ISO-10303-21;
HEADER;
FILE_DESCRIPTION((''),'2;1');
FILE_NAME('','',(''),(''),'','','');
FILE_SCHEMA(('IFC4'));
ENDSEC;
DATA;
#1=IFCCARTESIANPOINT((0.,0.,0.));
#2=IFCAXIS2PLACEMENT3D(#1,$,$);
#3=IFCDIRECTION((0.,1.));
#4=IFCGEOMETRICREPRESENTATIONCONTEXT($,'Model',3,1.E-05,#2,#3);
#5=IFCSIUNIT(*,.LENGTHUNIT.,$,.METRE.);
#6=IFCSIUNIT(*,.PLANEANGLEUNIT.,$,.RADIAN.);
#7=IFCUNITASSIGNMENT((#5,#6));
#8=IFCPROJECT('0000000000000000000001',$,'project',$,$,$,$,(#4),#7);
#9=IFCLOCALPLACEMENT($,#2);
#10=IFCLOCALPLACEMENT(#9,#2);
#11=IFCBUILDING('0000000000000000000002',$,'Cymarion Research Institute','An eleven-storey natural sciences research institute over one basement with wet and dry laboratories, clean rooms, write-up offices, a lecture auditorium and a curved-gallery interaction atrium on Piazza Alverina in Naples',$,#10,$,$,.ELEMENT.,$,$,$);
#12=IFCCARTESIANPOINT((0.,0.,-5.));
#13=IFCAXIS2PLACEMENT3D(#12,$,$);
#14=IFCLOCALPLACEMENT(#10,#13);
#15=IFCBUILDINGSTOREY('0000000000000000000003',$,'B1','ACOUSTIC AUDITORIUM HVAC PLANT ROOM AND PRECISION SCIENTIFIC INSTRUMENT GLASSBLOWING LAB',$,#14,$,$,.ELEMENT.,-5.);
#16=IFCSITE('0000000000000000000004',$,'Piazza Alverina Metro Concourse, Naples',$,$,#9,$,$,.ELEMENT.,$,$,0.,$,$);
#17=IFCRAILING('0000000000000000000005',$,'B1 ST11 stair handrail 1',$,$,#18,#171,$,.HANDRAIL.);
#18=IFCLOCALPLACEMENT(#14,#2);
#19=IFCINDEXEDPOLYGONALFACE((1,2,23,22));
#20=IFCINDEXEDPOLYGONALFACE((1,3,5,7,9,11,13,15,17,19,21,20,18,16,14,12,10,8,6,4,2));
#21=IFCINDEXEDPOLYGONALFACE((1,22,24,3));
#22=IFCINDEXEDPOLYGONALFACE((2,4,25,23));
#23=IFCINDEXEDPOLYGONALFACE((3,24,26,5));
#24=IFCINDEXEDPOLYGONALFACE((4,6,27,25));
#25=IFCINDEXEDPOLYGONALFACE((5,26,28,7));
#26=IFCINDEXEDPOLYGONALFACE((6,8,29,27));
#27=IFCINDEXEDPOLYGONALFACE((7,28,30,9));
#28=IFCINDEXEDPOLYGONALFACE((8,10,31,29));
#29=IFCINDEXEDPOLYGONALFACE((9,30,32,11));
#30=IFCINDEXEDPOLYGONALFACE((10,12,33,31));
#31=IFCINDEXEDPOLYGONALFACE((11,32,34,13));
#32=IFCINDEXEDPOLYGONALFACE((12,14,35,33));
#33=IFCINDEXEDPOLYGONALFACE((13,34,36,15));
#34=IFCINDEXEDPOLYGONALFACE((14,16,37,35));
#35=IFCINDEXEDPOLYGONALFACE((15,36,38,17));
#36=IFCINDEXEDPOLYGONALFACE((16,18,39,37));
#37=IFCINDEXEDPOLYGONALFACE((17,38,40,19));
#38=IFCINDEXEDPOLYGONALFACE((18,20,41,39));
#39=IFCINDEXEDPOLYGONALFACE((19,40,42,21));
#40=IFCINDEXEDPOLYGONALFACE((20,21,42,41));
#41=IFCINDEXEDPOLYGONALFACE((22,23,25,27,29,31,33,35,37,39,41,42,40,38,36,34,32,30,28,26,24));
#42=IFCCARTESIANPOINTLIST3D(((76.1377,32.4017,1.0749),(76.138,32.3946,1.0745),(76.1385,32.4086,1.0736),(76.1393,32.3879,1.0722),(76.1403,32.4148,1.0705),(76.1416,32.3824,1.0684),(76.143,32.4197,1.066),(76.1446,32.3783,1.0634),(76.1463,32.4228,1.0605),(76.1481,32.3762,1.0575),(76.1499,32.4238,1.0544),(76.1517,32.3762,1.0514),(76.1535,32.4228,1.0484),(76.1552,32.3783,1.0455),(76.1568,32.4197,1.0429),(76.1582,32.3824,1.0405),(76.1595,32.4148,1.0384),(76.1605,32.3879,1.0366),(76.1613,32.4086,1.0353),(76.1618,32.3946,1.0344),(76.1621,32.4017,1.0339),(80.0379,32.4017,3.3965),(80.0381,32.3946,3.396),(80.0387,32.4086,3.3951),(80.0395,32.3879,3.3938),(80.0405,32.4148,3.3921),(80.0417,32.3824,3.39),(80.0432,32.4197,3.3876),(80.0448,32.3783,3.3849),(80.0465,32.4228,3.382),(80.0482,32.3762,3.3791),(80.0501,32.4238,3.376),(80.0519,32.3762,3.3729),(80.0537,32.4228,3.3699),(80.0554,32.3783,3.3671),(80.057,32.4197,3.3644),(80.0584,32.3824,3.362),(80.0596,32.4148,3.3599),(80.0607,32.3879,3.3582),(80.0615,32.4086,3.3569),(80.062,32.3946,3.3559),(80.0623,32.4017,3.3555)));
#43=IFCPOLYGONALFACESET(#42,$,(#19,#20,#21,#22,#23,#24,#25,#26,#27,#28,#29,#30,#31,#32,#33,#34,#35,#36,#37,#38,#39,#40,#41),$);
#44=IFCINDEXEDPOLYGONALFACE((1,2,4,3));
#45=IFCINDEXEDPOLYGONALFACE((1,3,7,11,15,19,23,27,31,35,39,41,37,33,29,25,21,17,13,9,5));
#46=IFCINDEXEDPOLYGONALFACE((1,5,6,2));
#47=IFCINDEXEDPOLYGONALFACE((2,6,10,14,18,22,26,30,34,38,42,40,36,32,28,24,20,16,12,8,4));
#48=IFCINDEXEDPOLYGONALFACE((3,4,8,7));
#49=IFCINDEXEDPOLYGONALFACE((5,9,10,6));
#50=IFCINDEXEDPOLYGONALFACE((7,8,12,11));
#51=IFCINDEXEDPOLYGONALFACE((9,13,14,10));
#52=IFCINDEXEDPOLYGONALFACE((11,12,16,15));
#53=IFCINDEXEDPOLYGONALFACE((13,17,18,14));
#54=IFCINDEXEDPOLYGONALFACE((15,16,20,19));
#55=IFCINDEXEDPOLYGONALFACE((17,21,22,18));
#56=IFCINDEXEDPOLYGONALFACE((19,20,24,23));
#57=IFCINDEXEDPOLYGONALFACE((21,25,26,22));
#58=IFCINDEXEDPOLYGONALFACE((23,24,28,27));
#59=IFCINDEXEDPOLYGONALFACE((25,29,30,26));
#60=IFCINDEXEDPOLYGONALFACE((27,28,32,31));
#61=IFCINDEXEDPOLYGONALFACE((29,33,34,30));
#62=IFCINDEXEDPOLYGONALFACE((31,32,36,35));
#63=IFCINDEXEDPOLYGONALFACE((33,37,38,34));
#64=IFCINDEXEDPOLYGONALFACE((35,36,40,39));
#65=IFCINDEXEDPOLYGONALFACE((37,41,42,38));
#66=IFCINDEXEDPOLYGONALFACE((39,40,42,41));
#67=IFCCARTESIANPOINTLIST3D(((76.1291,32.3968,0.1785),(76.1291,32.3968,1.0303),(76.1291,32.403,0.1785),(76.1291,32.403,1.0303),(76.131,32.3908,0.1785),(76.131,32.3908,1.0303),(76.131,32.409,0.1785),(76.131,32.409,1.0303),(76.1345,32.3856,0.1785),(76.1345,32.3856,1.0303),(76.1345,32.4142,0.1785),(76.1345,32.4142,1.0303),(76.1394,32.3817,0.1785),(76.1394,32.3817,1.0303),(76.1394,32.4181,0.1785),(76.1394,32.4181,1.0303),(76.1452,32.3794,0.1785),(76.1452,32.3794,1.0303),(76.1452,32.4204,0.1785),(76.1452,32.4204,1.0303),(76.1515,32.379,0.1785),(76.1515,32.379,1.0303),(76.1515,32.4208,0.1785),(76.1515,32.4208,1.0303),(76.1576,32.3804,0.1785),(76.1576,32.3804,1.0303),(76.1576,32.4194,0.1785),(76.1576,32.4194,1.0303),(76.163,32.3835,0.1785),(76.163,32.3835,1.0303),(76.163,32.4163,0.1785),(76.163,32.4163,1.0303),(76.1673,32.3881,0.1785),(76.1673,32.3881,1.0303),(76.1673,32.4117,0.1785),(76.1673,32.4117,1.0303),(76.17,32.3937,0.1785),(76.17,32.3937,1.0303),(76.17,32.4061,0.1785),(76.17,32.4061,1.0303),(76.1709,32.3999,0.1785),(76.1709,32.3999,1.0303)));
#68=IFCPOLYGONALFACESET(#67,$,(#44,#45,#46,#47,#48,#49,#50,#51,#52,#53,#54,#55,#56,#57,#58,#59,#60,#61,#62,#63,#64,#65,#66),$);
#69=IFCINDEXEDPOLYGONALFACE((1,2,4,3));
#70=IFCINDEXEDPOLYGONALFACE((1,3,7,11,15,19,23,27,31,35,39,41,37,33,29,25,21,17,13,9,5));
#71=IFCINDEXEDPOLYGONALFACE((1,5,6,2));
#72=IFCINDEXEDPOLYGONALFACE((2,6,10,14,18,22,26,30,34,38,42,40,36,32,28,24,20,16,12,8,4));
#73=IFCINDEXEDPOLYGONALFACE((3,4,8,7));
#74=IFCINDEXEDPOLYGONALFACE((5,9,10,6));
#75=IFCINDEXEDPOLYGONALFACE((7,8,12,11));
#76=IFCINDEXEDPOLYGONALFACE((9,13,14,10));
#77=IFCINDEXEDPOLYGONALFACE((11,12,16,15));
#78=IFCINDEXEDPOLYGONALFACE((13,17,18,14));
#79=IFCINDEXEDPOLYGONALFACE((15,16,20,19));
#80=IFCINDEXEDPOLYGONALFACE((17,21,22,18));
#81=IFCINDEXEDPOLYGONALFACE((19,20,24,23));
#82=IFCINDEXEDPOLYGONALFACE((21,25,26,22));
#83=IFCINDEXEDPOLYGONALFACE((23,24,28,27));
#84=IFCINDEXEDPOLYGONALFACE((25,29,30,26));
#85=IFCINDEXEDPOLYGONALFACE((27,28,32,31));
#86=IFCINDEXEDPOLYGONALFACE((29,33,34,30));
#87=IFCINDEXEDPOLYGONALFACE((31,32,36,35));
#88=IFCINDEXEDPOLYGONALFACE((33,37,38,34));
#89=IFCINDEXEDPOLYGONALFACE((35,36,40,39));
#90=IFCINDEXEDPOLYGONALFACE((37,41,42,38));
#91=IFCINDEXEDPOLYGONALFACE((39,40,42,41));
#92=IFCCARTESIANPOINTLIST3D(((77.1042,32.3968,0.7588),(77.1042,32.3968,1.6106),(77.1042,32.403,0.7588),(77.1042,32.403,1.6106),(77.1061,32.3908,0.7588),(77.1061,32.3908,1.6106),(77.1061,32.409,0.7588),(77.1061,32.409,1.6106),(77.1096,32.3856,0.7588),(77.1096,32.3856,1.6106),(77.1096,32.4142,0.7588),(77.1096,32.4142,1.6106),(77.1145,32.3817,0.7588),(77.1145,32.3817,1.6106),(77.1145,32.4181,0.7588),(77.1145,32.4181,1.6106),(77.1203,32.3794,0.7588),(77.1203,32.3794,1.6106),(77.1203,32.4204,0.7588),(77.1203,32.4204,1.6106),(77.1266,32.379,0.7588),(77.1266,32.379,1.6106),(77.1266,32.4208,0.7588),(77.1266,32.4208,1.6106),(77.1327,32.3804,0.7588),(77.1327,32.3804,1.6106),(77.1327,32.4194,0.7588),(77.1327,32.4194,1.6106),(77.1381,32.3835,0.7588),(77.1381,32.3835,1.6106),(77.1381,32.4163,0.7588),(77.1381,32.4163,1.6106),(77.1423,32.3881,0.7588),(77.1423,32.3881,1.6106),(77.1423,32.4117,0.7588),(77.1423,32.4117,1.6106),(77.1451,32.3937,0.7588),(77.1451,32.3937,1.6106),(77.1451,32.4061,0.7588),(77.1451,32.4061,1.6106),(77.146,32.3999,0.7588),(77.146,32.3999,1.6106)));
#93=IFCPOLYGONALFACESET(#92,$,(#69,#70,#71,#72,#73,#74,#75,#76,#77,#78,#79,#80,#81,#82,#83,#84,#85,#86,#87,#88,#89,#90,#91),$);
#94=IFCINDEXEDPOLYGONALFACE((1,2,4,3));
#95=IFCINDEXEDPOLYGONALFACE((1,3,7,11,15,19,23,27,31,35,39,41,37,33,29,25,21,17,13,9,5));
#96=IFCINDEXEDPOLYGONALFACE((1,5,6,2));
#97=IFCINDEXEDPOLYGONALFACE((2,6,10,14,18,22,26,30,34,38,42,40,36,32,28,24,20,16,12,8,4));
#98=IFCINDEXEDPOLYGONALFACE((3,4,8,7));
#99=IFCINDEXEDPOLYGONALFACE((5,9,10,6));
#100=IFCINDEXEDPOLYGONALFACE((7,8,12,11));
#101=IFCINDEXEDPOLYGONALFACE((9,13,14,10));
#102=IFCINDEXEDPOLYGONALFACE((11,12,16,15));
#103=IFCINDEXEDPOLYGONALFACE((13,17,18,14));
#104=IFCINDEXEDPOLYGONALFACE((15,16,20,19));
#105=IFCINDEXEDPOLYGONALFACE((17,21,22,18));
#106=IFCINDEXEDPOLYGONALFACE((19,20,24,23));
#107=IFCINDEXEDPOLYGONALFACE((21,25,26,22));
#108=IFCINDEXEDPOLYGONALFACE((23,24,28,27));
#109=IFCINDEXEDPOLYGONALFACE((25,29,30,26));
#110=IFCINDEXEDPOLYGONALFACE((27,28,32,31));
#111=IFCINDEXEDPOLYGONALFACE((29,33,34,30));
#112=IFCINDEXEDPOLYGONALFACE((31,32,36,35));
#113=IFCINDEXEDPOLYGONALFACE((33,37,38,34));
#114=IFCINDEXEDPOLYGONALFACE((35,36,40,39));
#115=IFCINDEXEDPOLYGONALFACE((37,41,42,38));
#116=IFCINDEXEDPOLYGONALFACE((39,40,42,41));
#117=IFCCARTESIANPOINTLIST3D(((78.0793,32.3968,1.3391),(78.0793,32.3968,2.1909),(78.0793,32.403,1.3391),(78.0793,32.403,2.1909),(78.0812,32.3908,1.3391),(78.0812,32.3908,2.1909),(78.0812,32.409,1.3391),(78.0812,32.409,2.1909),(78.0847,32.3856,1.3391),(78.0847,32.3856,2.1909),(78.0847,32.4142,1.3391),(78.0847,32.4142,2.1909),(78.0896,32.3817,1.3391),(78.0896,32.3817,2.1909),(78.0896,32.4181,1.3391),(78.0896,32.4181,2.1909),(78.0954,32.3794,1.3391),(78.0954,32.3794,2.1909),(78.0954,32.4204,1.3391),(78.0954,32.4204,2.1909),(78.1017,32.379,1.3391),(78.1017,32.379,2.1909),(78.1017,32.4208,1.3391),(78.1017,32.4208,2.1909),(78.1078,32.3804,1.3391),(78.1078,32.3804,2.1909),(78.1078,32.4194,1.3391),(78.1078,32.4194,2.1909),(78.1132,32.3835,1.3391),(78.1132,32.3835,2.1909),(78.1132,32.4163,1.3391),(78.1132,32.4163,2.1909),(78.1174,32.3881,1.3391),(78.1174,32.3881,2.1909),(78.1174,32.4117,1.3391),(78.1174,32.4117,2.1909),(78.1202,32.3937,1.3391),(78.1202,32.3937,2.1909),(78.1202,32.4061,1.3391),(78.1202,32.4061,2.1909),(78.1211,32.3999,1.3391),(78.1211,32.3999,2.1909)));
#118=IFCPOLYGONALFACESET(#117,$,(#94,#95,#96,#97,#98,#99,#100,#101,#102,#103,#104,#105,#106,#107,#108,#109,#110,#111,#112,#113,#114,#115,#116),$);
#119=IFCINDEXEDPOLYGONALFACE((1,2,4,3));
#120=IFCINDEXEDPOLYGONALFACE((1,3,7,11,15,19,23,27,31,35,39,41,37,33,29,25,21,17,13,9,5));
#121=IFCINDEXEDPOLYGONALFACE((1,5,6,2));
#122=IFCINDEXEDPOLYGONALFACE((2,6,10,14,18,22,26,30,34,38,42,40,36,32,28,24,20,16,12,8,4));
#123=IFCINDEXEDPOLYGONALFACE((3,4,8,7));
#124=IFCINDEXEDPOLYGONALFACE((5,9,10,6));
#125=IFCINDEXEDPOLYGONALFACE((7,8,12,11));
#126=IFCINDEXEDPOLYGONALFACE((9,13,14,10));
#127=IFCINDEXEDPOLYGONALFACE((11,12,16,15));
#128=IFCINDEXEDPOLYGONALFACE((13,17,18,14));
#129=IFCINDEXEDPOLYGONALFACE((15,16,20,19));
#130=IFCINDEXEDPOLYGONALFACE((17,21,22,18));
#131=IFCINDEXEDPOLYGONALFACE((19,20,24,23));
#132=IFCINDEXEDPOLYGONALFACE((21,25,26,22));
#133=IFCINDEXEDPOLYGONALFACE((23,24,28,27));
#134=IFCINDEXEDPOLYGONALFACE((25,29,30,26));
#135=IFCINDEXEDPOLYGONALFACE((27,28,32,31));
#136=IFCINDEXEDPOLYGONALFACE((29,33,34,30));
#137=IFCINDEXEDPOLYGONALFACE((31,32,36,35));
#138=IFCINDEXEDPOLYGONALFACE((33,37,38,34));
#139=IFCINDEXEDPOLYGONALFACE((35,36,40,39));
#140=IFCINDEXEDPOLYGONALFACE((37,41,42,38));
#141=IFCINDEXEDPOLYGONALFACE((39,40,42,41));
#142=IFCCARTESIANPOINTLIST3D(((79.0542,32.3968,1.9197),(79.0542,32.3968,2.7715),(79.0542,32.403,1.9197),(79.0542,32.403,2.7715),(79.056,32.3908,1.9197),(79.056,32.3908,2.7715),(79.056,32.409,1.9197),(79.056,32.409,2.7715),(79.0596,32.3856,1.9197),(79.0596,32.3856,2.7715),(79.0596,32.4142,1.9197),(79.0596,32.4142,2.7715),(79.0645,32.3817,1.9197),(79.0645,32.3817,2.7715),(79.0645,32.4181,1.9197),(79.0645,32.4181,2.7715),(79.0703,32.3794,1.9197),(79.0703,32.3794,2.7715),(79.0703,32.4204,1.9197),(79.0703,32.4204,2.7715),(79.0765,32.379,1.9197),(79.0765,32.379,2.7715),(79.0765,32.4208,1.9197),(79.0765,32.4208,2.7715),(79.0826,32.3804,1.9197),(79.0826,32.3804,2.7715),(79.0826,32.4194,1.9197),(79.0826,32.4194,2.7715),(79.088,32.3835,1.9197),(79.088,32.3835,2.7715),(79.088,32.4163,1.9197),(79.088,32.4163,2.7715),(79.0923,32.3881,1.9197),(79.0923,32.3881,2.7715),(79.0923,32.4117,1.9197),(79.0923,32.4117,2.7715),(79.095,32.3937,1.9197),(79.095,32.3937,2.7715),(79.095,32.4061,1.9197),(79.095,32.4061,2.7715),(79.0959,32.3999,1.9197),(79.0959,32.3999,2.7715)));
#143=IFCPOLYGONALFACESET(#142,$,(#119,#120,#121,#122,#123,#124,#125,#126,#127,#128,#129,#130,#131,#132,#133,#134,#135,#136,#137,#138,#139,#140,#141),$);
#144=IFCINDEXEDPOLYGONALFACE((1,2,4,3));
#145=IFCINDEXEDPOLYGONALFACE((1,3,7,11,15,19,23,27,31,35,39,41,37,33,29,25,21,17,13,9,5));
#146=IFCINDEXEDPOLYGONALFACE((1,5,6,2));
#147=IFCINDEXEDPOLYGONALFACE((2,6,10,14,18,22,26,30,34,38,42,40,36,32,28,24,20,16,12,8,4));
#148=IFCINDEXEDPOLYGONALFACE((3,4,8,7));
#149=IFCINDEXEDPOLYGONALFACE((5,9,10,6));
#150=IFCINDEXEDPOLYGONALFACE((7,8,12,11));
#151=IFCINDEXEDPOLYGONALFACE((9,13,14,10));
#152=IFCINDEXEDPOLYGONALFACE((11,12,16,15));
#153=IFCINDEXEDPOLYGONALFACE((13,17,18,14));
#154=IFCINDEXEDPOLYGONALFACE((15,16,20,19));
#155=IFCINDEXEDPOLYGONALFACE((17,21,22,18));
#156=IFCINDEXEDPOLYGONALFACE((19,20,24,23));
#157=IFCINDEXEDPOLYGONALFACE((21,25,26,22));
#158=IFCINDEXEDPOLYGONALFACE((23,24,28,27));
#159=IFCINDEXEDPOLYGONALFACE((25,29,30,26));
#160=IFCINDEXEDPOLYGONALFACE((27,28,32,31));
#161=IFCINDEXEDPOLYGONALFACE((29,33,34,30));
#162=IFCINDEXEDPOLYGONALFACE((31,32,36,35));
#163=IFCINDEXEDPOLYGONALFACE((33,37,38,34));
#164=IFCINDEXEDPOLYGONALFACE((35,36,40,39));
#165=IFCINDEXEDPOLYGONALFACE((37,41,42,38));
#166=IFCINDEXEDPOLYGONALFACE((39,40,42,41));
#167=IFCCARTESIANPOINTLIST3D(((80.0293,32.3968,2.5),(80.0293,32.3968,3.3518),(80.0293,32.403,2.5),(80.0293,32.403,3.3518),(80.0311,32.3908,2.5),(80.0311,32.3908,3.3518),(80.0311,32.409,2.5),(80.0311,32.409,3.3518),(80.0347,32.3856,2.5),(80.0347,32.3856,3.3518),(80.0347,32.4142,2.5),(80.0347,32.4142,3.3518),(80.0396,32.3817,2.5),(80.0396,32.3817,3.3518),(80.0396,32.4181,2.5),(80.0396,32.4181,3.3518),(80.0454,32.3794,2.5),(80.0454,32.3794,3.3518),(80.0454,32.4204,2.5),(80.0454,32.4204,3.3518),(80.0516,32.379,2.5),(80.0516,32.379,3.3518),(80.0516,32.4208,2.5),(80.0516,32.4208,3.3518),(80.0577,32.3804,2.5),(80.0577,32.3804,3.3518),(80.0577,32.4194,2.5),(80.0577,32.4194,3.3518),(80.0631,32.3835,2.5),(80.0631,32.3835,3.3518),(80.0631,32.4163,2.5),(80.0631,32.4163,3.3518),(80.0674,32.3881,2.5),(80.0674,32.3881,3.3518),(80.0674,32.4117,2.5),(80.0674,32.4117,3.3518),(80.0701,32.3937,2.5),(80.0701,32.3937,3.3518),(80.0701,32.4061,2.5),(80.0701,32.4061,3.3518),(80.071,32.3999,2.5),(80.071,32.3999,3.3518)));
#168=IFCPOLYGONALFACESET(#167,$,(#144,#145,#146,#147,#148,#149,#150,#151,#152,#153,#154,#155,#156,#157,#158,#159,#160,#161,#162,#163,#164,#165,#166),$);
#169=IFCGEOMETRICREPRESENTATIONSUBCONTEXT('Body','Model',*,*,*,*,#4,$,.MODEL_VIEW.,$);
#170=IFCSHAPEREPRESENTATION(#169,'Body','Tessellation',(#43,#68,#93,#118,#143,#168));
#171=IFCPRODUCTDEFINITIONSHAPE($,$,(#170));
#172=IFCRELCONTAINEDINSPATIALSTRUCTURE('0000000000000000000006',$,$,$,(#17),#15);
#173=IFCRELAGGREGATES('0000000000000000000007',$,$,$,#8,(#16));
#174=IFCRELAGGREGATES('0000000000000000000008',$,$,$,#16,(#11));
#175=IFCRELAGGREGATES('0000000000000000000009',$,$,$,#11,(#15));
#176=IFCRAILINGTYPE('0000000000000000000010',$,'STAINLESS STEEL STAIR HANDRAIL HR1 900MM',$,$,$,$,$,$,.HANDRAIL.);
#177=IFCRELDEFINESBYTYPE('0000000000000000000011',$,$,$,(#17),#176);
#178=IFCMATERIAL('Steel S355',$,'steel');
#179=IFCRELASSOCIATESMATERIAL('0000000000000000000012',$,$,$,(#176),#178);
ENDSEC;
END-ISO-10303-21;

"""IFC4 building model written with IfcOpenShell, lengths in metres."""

from ifc_helpers import new_model, si_unit, direction, frame, origin, origin_2d, place, context, subcontext, project, spatial, circle, extrude, material, type_object, element, save


model = new_model("IFC4")

# Units and contexts
model_context = context("Model", 3, precision=1e-05, world=origin(), true_north=direction((0.0, 1.0)))
body_context = subcontext(model_context, "Body", "Model", "MODEL_VIEW")
ifc_project = project(units=[si_unit("LENGTHUNIT", "METRE"), si_unit("PLANEANGLEUNIT", "RADIAN")], contexts=[model_context])

# Site, building, storey
site_placement = place(None, origin())
site = spatial("IfcSite", under=ifc_project, at=site_placement, Name="Piazza Alverina Metro Concourse, Naples", CompositionType="ELEMENT", RefElevation=0.0)
building_placement = place(site_placement, origin())
building = spatial("IfcBuilding", under=site, at=building_placement, Name="Cymarion Research Institute", Description="An eleven-storey natural sciences research institute over one basement with wet and dry laboratories, clean rooms, write-up offices, a lecture auditorium and a curved-gallery interaction atrium on Piazza Alverina in Naples", CompositionType="ELEMENT")
storey_placement = place(building_placement, frame((0.0, 0.0, -5.0)))
storey = spatial("IfcBuildingStorey", under=building, at=storey_placement, Name="B1", Description="ACOUSTIC AUDITORIUM HVAC PLANT ROOM AND PRECISION SCIENTIFIC INSTRUMENT GLASSBLOWING LAB", CompositionType="ELEMENT", Elevation=-5.0)

# Shared definitions
ifc_material_1 = material(Name="Steel S355", Category="steel")

# Railing
railing_type_1 = type_object("IfcRailingType", Name="STAINLESS STEEL STAIR HANDRAIL HR1 900MM", PredefinedType="HANDRAIL", material=ifc_material_1)
railing_1_placement = place(storey_placement, frame((76.1499, 32.3999, 0.1785)))
element("IfcRailing", 1, at=railing_1_placement, inside=storey, type_object=railing_type_1, Name="B1 ST11 stair handrail 1", PredefinedType="HANDRAIL", context=body_context, shape_type="SweptSolid", body=[
    extrude(circle(Radius=0.0239, at=origin_2d()), frame((0.0, 0.0, 0.876), z_axis=(0.859291, 0.0, 0.511487), x_axis=(0.0, 1.0, 0.0)), (0.0, 0.0, 1.0), 4.5388),
    extrude(circle(Radius=0.021, at=origin_2d()), origin(), (0.0, 0.0, 1.0), 0.8518),
    extrude(circle(Radius=0.021, at=origin_2d()), frame((0.9751, 0.0, 0.5803)), (0.0, 0.0, 1.0), 0.8518),
    extrude(circle(Radius=0.021, at=origin_2d()), frame((1.9502, 0.0, 1.1606)), (0.0, 0.0, 1.0), 0.8518),
    extrude(circle(Radius=0.021, at=origin_2d()), frame((2.925, 0.0, 1.7412)), (0.0, 0.0, 1.0), 0.8518),
    extrude(circle(Radius=0.021, at=origin_2d()), frame((3.9001, 0.0, 2.3215)), (0.0, 0.0, 1.0), 0.8518),
])

save(model, "model.ifc")
